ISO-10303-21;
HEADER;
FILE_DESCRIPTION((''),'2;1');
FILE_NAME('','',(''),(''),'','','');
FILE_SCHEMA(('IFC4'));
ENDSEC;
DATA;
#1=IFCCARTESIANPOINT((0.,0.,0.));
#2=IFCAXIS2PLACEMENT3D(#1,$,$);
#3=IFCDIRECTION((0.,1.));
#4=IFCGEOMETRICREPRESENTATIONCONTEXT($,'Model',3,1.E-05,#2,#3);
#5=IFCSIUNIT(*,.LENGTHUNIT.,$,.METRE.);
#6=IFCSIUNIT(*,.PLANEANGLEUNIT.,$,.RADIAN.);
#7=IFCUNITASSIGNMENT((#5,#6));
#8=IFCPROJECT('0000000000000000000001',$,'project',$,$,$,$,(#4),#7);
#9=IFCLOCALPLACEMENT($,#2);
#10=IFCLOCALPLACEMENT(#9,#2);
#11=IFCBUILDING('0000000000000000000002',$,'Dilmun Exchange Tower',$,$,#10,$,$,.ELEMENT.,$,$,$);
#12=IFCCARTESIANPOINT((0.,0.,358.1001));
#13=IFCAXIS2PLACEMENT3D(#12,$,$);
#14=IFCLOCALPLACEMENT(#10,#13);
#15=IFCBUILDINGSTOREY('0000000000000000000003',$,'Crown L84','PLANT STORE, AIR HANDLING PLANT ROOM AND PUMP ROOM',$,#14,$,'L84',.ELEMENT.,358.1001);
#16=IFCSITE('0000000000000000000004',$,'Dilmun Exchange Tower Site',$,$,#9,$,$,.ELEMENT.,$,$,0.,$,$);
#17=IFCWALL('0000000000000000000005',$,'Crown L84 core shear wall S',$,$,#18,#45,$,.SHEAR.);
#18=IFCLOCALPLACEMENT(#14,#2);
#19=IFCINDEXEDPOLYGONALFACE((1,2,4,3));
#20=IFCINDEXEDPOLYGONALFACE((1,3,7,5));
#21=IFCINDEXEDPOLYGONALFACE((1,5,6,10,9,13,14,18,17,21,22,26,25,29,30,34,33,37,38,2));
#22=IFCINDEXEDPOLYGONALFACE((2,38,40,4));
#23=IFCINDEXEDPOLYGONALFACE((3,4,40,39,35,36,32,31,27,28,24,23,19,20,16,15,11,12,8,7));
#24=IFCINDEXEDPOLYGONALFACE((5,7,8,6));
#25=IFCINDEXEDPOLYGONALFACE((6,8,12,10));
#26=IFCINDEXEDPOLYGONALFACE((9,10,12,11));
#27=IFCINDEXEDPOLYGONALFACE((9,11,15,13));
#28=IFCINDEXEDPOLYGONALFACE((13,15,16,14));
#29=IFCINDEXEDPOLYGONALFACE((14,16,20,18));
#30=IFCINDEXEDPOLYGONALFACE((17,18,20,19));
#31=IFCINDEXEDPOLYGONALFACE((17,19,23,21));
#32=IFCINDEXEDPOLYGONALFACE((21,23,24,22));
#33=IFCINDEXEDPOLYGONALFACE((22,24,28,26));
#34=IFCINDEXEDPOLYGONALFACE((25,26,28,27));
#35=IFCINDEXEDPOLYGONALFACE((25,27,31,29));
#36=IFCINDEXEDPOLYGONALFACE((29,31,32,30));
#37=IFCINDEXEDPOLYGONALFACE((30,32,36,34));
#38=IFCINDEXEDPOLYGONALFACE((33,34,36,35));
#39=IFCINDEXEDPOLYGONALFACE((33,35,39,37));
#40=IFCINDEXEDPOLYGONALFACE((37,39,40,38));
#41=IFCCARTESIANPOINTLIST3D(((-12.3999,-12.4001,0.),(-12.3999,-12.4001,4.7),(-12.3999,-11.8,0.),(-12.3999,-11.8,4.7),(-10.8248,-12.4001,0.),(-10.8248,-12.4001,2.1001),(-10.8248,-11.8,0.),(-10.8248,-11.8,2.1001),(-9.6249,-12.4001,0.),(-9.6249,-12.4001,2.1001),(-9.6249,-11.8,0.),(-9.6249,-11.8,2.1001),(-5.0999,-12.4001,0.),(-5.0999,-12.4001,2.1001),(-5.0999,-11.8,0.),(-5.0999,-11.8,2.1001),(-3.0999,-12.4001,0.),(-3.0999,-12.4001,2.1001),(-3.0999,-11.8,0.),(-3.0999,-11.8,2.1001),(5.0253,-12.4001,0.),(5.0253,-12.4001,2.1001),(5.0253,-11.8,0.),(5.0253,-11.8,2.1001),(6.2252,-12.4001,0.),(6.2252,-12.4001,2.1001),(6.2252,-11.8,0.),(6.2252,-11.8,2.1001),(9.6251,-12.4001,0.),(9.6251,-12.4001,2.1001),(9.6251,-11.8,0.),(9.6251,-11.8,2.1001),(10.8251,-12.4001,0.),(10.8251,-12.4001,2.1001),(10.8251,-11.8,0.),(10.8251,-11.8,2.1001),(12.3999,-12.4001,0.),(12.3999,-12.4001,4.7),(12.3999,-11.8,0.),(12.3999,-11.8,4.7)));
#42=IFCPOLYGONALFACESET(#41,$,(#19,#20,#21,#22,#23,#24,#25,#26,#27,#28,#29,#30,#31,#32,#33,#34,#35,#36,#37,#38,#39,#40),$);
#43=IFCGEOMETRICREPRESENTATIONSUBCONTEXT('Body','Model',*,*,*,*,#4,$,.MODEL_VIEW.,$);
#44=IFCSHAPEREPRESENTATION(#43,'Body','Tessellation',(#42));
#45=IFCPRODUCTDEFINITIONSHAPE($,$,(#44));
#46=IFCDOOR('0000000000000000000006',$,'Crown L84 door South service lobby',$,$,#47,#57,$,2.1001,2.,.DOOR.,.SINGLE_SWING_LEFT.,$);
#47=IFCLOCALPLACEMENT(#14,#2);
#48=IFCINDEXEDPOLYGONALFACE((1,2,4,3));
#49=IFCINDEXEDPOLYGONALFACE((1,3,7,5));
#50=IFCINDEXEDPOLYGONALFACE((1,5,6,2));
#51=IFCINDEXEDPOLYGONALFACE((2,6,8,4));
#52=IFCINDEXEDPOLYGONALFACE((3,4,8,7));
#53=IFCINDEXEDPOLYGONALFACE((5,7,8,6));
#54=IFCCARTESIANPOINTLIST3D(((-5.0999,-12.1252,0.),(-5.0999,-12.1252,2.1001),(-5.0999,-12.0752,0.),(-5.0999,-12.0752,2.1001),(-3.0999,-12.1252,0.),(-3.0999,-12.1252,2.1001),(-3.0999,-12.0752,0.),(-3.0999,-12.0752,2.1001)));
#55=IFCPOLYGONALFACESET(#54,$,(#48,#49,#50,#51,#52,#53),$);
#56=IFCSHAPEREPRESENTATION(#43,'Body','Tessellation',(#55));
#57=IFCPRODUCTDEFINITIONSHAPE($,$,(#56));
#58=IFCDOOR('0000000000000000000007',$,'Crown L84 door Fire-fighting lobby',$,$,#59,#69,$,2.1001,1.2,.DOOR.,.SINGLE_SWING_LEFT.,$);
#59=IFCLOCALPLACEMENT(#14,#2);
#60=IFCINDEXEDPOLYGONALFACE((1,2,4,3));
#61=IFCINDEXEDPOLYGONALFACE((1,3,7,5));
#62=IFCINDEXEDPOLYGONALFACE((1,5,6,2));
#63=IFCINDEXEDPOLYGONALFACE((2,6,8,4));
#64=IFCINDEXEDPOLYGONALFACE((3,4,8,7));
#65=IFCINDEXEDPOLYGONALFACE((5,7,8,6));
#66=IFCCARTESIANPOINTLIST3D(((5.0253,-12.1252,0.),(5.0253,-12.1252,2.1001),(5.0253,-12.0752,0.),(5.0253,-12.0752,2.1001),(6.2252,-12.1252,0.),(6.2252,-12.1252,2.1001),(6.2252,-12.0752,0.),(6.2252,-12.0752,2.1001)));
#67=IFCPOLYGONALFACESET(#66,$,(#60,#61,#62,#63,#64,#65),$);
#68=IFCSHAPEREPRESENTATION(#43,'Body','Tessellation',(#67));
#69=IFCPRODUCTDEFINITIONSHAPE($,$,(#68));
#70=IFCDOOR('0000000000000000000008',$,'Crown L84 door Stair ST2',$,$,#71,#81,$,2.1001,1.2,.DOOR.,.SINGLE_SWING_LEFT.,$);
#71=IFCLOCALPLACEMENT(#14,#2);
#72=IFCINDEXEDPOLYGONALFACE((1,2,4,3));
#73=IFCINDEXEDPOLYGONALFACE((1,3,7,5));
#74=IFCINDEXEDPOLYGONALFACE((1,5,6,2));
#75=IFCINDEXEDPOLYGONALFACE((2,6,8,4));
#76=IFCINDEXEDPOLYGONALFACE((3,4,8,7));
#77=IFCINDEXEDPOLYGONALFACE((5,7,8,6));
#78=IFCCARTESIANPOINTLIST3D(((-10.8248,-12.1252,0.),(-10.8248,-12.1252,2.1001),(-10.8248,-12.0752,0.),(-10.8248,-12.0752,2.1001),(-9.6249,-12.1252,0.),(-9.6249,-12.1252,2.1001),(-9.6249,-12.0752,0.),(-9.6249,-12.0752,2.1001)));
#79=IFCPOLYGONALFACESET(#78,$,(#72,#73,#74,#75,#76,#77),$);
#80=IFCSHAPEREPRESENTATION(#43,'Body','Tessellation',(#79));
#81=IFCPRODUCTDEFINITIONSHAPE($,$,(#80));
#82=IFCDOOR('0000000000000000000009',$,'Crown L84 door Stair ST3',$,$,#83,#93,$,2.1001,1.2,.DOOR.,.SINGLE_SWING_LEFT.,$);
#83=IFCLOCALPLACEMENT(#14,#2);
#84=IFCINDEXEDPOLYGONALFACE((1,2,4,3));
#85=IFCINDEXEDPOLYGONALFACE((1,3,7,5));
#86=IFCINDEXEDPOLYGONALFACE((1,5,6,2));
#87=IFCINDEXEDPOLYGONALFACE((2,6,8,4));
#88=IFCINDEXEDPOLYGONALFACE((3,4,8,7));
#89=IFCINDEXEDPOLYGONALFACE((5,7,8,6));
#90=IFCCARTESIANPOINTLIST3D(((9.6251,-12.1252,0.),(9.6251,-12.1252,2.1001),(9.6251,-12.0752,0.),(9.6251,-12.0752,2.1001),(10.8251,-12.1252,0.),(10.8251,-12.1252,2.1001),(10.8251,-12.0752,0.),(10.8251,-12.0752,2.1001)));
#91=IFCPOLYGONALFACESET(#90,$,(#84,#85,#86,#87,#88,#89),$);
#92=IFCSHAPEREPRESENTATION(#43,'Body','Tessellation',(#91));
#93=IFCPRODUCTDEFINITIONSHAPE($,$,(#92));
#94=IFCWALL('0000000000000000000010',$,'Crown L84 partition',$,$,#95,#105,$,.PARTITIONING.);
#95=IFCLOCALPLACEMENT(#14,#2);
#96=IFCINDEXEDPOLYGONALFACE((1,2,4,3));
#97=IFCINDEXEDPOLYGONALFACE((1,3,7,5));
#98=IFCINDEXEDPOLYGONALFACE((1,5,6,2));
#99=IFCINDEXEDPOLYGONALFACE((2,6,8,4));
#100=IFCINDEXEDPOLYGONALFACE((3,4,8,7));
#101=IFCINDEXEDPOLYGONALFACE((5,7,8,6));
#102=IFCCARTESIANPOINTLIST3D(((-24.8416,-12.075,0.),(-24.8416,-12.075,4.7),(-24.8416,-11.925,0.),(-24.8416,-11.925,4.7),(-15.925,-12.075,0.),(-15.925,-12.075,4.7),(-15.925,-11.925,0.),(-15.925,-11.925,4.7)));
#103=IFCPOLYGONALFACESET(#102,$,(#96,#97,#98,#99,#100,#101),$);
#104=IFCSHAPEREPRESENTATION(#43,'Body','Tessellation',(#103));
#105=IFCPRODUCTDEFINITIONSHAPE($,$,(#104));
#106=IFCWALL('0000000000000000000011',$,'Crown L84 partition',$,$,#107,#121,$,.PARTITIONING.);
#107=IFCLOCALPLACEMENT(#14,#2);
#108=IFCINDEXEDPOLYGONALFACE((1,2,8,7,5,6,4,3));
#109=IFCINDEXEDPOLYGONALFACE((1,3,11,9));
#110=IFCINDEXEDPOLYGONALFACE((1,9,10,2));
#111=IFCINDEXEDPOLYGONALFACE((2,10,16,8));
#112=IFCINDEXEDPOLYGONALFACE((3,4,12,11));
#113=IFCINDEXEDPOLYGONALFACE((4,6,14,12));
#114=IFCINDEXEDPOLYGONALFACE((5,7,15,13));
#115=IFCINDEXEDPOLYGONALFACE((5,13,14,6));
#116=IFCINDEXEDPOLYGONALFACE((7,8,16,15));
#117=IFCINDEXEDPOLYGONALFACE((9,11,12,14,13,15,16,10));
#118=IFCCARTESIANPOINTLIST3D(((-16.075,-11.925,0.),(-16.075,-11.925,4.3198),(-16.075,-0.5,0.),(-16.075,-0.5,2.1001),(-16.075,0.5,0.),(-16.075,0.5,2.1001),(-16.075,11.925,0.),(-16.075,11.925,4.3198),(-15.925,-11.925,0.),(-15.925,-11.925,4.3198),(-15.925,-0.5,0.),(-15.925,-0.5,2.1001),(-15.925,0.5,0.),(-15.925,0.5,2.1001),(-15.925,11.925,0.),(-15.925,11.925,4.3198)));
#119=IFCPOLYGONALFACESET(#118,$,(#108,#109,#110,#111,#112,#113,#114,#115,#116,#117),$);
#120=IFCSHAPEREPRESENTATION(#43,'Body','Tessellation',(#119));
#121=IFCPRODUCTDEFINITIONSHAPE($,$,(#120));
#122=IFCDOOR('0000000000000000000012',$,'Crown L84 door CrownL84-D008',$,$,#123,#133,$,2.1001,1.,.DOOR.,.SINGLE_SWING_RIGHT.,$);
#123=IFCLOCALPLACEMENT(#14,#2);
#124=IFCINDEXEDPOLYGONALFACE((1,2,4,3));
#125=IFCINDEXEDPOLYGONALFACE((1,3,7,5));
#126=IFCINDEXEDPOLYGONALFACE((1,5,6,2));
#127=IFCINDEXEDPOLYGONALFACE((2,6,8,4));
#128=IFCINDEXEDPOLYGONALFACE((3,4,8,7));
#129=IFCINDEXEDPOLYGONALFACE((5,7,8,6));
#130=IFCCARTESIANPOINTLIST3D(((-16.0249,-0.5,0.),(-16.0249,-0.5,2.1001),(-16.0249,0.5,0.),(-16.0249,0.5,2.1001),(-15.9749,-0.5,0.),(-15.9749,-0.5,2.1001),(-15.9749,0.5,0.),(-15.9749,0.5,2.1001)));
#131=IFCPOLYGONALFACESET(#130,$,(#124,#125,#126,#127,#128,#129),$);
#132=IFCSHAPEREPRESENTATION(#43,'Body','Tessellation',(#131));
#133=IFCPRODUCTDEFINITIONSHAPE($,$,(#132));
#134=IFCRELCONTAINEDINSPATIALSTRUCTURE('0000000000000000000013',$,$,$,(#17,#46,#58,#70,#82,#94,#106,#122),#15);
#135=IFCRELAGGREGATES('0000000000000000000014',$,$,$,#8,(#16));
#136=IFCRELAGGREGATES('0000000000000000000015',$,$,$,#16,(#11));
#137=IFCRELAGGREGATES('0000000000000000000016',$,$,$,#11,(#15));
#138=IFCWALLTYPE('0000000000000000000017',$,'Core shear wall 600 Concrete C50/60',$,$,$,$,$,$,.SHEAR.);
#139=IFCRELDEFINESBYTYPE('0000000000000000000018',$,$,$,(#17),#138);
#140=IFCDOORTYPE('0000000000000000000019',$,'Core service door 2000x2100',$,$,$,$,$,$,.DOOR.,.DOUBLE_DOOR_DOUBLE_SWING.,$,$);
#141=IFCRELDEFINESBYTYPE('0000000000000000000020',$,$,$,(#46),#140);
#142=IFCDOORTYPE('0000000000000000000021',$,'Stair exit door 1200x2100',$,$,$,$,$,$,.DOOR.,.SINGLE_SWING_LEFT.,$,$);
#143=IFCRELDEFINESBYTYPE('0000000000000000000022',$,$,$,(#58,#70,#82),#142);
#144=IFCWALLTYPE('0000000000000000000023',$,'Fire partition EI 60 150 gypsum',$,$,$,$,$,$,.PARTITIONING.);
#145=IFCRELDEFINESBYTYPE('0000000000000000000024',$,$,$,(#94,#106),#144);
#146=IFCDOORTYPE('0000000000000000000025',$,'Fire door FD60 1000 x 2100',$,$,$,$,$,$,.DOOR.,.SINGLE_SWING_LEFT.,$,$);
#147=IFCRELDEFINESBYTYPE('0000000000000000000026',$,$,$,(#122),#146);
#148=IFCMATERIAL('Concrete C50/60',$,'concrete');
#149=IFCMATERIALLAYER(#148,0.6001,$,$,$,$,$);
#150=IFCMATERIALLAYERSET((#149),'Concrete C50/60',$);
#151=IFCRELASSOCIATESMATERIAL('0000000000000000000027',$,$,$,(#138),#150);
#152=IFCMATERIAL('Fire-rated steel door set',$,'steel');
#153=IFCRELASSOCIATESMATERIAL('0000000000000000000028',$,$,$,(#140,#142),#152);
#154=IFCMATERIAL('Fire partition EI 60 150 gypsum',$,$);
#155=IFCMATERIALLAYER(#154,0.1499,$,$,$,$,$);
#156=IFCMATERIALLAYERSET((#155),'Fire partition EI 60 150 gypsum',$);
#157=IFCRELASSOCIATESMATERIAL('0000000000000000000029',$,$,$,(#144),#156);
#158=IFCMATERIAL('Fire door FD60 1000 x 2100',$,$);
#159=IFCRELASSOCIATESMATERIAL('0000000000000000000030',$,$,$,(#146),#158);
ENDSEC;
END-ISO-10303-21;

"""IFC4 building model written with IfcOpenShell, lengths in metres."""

from ifc_helpers import new_model, si_unit, direction, frame, frame_2d, origin, place, context, subcontext, project, spatial, rectangle, extrude, material, layer, layer_set, type_object, element, fill, save


model = new_model("IFC4")

# Units and contexts
model_context = context("Model", 3, precision=1e-05, world=origin(), true_north=direction((0.0, 1.0)))
body_context = subcontext(model_context, "Body", "Model", "MODEL_VIEW")
ifc_project = project(units=[si_unit("LENGTHUNIT", "METRE"), si_unit("PLANEANGLEUNIT", "RADIAN")], contexts=[model_context])

# Site, building, storey
site_placement = place(None, origin())
site = spatial("IfcSite", under=ifc_project, at=site_placement, Name="Dilmun Exchange Tower Site", CompositionType="ELEMENT", RefElevation=0.0)
building_placement = place(site_placement, origin())
building = spatial("IfcBuilding", under=site, at=building_placement, Name="Dilmun Exchange Tower", CompositionType="ELEMENT")
storey_placement = place(building_placement, frame((0.0, 0.0, 358.1001)))
storey = spatial("IfcBuildingStorey", under=building, at=storey_placement, Name="Crown L84", Description="PLANT STORE, AIR HANDLING PLANT ROOM AND PUMP ROOM", LongName="L84", CompositionType="ELEMENT", Elevation=358.1001)

# Shared definitions
ifc_material_1 = material(Name="Concrete C50/60", Category="concrete")

# Wall, openings, doors
ifc_layer_1 = layer(ifc_material_1, 0.6001)
ifc_layer_set_1 = layer_set([ifc_layer_1], Name="Concrete C50/60")
wall_type_1 = type_object("IfcWallType", Name="Core shear wall 600 Concrete C50/60", PredefinedType="SHEAR", material=ifc_layer_set_1)
wall_1_placement = place(storey_placement, frame((-12.3999, -12.1001, 0.0), z_axis=(0.0, 0.0, 1.0), x_axis=(1.0, 0.0, 0.0)))
wall_1 = element("IfcWall", 1, at=wall_1_placement, inside=storey, type_object=wall_type_1, Name="Crown L84 core shear wall S", PredefinedType="SHEAR", context=body_context, shape_type="SweptSolid", body=[
    extrude(rectangle(XDim=24.7998, YDim=0.6001, at=frame_2d((12.3999, 0.0))), origin(), (0.0, 0.0, 1.0), 4.7),
])
opening_1_placement = place(wall_1_placement, frame((7.3, 0.0, 0.0)))
opening_1 = element("IfcOpeningElement", 2, at=opening_1_placement, cuts=wall_1, PredefinedType="OPENING", context=body_context, shape_type="SweptSolid", body=[
    extrude(rectangle(XDim=2.0, YDim=2.1001, at=frame_2d((1.0, 1.05))), frame((0.0, 0.3101, 0.0), z_axis=(0.0, -1.0, 0.0), x_axis=(1.0, 0.0, 0.0)), (0.0, 0.0, 1.0), 0.6201),
])
opening_2_placement = place(wall_1_placement, frame((17.425, 0.0, 0.0)))
opening_2 = element("IfcOpeningElement", 3, at=opening_2_placement, cuts=wall_1, PredefinedType="OPENING", context=body_context, shape_type="SweptSolid", body=[
    extrude(rectangle(XDim=1.2, YDim=2.1001, at=frame_2d((0.6001, 1.05))), frame((0.0, 0.3101, 0.0), z_axis=(0.0, -1.0, 0.0), x_axis=(1.0, 0.0, 0.0)), (0.0, 0.0, 1.0), 0.6201),
])
opening_3_placement = place(wall_1_placement, frame((1.575, 0.0, 0.0)))
opening_3 = element("IfcOpeningElement", 4, at=opening_3_placement, cuts=wall_1, PredefinedType="OPENING", context=body_context, shape_type="SweptSolid", body=[
    extrude(rectangle(XDim=1.2, YDim=2.1001, at=frame_2d((0.6001, 1.05))), frame((0.0, 0.3101, 0.0), z_axis=(0.0, -1.0, 0.0), x_axis=(1.0, 0.0, 0.0)), (0.0, 0.0, 1.0), 0.6201),
])
opening_4_placement = place(wall_1_placement, frame((22.0249, 0.0, 0.0)))
opening_4 = element("IfcOpeningElement", 5, at=opening_4_placement, cuts=wall_1, PredefinedType="OPENING", context=body_context, shape_type="SweptSolid", body=[
    extrude(rectangle(XDim=1.2, YDim=2.1001, at=frame_2d((0.6001, 1.05))), frame((0.0, 0.3101, 0.0), z_axis=(0.0, -1.0, 0.0), x_axis=(1.0, 0.0, 0.0)), (0.0, 0.0, 1.0), 0.6201),
])
ifc_material_2 = material(Name="Fire-rated steel door set", Category="steel")
door_type_1 = type_object("IfcDoorType", Name="Core service door 2000x2100", OperationType="DOUBLE_DOOR_DOUBLE_SWING", PredefinedType="DOOR", material=ifc_material_2)
door_1_placement = place(opening_1_placement, origin())
door_1 = element("IfcDoor", 6, at=door_1_placement, inside=storey, type_object=door_type_1, Name="Crown L84 door South service lobby", OperationType="SINGLE_SWING_LEFT", OverallHeight=2.1001, OverallWidth=2.0, PredefinedType="DOOR", context=body_context, shape_type="SweptSolid", body=[
    extrude(rectangle(XDim=2.0, YDim=2.1001, at=frame_2d((1.0, 1.05))), frame((0.0, 0.0249, 0.0), z_axis=(0.0, -1.0, 0.0), x_axis=(1.0, 0.0, 0.0)), (0.0, 0.0, 1.0), 0.05),
])
fill(opening_1, door_1)
door_type_2 = type_object("IfcDoorType", Name="Stair exit door 1200x2100", OperationType="SINGLE_SWING_LEFT", PredefinedType="DOOR", material=ifc_material_2)
door_2_placement = place(opening_2_placement, origin())
door_2 = element("IfcDoor", 7, at=door_2_placement, inside=storey, type_object=door_type_2, Name="Crown L84 door Fire-fighting lobby", OperationType="SINGLE_SWING_LEFT", OverallHeight=2.1001, OverallWidth=1.2, PredefinedType="DOOR", context=body_context, shape_type="SweptSolid", body=[
    extrude(rectangle(XDim=1.2, YDim=2.1001, at=frame_2d((0.6001, 1.05))), frame((0.0, 0.0249, 0.0), z_axis=(0.0, -1.0, 0.0), x_axis=(1.0, 0.0, 0.0)), (0.0, 0.0, 1.0), 0.05),
])
fill(opening_2, door_2)
door_3_placement = place(opening_3_placement, origin())
door_3 = element("IfcDoor", 8, at=door_3_placement, inside=storey, type_object=door_type_2, Name="Crown L84 door Stair ST2", OperationType="SINGLE_SWING_LEFT", OverallHeight=2.1001, OverallWidth=1.2, PredefinedType="DOOR", context=body_context, shape_type="SweptSolid", body=[
    extrude(rectangle(XDim=1.2, YDim=2.1001, at=frame_2d((0.6001, 1.05))), frame((0.0, 0.0249, 0.0), z_axis=(0.0, -1.0, 0.0), x_axis=(1.0, 0.0, 0.0)), (0.0, 0.0, 1.0), 0.05),
])
fill(opening_3, door_3)
door_4_placement = place(opening_4_placement, origin())
door_4 = element("IfcDoor", 9, at=door_4_placement, inside=storey, type_object=door_type_2, Name="Crown L84 door Stair ST3", OperationType="SINGLE_SWING_LEFT", OverallHeight=2.1001, OverallWidth=1.2, PredefinedType="DOOR", context=body_context, shape_type="SweptSolid", body=[
    extrude(rectangle(XDim=1.2, YDim=2.1001, at=frame_2d((0.6001, 1.05))), frame((0.0, 0.0249, 0.0), z_axis=(0.0, -1.0, 0.0), x_axis=(1.0, 0.0, 0.0)), (0.0, 0.0, 1.0), 0.05),
])
fill(opening_4, door_4)

# Wall
ifc_material_3 = material(Name="Fire partition EI 60 150 gypsum")
ifc_layer_2 = layer(ifc_material_3, 0.1499)
ifc_layer_set_2 = layer_set([ifc_layer_2], Name="Fire partition EI 60 150 gypsum")
wall_type_2 = type_object("IfcWallType", Name="Fire partition EI 60 150 gypsum", PredefinedType="PARTITIONING", material=ifc_layer_set_2)
wall_2_placement = place(storey_placement, frame((-24.8416, -12.0, 0.0), z_axis=(0.0, 0.0, 1.0), x_axis=(1.0, 0.0, 0.0)))
element("IfcWall", 10, at=wall_2_placement, inside=storey, type_object=wall_type_2, Name="Crown L84 partition", PredefinedType="PARTITIONING", context=body_context, shape_type="SweptSolid", body=[
    extrude(rectangle(XDim=8.9165, YDim=0.1499, at=frame_2d((4.4583, 0.0))), origin(), (0.0, 0.0, 1.0), 4.7),
])

# Wall, opening, door
wall_3_placement = place(storey_placement, frame((-16.0, -11.925, 0.0), z_axis=(0.0, 0.0, 1.0), x_axis=(0.0, 1.0, 0.0)))
wall_3 = element("IfcWall", 11, at=wall_3_placement, inside=storey, type_object=wall_type_2, Name="Crown L84 partition", PredefinedType="PARTITIONING", context=body_context, shape_type="SweptSolid", body=[
    extrude(rectangle(XDim=23.8501, YDim=0.1499, at=frame_2d((11.925, 0.0))), origin(), (0.0, 0.0, 1.0), 4.3198),
])
opening_5_placement = place(wall_3_placement, frame((11.425, 0.0, 0.0)))
opening_5 = element("IfcOpeningElement", 12, at=opening_5_placement, cuts=wall_3, PredefinedType="OPENING", context=body_context, shape_type="SweptSolid", body=[
    extrude(rectangle(XDim=1.0, YDim=2.1001, at=frame_2d((0.5, 1.05))), frame((0.0, 0.085, 0.0), z_axis=(0.0, -1.0, 0.0), x_axis=(1.0, 0.0, 0.0)), (0.0, 0.0, 1.0), 0.1699),
])
ifc_material_4 = material(Name="Fire door FD60 1000 x 2100")
door_type_3 = type_object("IfcDoorType", Name="Fire door FD60 1000 x 2100", OperationType="SINGLE_SWING_LEFT", PredefinedType="DOOR", material=ifc_material_4)
door_5_placement = place(opening_5_placement, origin())
door_5 = element("IfcDoor", 13, at=door_5_placement, inside=storey, type_object=door_type_3, Name="Crown L84 door CrownL84-D008", OperationType="SINGLE_SWING_RIGHT", OverallHeight=2.1001, OverallWidth=1.0, PredefinedType="DOOR", context=body_context, shape_type="SweptSolid", body=[
    extrude(rectangle(XDim=1.0, YDim=2.1001, at=frame_2d((0.5, 1.05))), frame((0.0, 0.0249, 0.0), z_axis=(0.0, -1.0, 0.0), x_axis=(1.0, 0.0, 0.0)), (0.0, 0.0, 1.0), 0.05),
])
fill(opening_5, door_5)

save(model, "model.ifc")
